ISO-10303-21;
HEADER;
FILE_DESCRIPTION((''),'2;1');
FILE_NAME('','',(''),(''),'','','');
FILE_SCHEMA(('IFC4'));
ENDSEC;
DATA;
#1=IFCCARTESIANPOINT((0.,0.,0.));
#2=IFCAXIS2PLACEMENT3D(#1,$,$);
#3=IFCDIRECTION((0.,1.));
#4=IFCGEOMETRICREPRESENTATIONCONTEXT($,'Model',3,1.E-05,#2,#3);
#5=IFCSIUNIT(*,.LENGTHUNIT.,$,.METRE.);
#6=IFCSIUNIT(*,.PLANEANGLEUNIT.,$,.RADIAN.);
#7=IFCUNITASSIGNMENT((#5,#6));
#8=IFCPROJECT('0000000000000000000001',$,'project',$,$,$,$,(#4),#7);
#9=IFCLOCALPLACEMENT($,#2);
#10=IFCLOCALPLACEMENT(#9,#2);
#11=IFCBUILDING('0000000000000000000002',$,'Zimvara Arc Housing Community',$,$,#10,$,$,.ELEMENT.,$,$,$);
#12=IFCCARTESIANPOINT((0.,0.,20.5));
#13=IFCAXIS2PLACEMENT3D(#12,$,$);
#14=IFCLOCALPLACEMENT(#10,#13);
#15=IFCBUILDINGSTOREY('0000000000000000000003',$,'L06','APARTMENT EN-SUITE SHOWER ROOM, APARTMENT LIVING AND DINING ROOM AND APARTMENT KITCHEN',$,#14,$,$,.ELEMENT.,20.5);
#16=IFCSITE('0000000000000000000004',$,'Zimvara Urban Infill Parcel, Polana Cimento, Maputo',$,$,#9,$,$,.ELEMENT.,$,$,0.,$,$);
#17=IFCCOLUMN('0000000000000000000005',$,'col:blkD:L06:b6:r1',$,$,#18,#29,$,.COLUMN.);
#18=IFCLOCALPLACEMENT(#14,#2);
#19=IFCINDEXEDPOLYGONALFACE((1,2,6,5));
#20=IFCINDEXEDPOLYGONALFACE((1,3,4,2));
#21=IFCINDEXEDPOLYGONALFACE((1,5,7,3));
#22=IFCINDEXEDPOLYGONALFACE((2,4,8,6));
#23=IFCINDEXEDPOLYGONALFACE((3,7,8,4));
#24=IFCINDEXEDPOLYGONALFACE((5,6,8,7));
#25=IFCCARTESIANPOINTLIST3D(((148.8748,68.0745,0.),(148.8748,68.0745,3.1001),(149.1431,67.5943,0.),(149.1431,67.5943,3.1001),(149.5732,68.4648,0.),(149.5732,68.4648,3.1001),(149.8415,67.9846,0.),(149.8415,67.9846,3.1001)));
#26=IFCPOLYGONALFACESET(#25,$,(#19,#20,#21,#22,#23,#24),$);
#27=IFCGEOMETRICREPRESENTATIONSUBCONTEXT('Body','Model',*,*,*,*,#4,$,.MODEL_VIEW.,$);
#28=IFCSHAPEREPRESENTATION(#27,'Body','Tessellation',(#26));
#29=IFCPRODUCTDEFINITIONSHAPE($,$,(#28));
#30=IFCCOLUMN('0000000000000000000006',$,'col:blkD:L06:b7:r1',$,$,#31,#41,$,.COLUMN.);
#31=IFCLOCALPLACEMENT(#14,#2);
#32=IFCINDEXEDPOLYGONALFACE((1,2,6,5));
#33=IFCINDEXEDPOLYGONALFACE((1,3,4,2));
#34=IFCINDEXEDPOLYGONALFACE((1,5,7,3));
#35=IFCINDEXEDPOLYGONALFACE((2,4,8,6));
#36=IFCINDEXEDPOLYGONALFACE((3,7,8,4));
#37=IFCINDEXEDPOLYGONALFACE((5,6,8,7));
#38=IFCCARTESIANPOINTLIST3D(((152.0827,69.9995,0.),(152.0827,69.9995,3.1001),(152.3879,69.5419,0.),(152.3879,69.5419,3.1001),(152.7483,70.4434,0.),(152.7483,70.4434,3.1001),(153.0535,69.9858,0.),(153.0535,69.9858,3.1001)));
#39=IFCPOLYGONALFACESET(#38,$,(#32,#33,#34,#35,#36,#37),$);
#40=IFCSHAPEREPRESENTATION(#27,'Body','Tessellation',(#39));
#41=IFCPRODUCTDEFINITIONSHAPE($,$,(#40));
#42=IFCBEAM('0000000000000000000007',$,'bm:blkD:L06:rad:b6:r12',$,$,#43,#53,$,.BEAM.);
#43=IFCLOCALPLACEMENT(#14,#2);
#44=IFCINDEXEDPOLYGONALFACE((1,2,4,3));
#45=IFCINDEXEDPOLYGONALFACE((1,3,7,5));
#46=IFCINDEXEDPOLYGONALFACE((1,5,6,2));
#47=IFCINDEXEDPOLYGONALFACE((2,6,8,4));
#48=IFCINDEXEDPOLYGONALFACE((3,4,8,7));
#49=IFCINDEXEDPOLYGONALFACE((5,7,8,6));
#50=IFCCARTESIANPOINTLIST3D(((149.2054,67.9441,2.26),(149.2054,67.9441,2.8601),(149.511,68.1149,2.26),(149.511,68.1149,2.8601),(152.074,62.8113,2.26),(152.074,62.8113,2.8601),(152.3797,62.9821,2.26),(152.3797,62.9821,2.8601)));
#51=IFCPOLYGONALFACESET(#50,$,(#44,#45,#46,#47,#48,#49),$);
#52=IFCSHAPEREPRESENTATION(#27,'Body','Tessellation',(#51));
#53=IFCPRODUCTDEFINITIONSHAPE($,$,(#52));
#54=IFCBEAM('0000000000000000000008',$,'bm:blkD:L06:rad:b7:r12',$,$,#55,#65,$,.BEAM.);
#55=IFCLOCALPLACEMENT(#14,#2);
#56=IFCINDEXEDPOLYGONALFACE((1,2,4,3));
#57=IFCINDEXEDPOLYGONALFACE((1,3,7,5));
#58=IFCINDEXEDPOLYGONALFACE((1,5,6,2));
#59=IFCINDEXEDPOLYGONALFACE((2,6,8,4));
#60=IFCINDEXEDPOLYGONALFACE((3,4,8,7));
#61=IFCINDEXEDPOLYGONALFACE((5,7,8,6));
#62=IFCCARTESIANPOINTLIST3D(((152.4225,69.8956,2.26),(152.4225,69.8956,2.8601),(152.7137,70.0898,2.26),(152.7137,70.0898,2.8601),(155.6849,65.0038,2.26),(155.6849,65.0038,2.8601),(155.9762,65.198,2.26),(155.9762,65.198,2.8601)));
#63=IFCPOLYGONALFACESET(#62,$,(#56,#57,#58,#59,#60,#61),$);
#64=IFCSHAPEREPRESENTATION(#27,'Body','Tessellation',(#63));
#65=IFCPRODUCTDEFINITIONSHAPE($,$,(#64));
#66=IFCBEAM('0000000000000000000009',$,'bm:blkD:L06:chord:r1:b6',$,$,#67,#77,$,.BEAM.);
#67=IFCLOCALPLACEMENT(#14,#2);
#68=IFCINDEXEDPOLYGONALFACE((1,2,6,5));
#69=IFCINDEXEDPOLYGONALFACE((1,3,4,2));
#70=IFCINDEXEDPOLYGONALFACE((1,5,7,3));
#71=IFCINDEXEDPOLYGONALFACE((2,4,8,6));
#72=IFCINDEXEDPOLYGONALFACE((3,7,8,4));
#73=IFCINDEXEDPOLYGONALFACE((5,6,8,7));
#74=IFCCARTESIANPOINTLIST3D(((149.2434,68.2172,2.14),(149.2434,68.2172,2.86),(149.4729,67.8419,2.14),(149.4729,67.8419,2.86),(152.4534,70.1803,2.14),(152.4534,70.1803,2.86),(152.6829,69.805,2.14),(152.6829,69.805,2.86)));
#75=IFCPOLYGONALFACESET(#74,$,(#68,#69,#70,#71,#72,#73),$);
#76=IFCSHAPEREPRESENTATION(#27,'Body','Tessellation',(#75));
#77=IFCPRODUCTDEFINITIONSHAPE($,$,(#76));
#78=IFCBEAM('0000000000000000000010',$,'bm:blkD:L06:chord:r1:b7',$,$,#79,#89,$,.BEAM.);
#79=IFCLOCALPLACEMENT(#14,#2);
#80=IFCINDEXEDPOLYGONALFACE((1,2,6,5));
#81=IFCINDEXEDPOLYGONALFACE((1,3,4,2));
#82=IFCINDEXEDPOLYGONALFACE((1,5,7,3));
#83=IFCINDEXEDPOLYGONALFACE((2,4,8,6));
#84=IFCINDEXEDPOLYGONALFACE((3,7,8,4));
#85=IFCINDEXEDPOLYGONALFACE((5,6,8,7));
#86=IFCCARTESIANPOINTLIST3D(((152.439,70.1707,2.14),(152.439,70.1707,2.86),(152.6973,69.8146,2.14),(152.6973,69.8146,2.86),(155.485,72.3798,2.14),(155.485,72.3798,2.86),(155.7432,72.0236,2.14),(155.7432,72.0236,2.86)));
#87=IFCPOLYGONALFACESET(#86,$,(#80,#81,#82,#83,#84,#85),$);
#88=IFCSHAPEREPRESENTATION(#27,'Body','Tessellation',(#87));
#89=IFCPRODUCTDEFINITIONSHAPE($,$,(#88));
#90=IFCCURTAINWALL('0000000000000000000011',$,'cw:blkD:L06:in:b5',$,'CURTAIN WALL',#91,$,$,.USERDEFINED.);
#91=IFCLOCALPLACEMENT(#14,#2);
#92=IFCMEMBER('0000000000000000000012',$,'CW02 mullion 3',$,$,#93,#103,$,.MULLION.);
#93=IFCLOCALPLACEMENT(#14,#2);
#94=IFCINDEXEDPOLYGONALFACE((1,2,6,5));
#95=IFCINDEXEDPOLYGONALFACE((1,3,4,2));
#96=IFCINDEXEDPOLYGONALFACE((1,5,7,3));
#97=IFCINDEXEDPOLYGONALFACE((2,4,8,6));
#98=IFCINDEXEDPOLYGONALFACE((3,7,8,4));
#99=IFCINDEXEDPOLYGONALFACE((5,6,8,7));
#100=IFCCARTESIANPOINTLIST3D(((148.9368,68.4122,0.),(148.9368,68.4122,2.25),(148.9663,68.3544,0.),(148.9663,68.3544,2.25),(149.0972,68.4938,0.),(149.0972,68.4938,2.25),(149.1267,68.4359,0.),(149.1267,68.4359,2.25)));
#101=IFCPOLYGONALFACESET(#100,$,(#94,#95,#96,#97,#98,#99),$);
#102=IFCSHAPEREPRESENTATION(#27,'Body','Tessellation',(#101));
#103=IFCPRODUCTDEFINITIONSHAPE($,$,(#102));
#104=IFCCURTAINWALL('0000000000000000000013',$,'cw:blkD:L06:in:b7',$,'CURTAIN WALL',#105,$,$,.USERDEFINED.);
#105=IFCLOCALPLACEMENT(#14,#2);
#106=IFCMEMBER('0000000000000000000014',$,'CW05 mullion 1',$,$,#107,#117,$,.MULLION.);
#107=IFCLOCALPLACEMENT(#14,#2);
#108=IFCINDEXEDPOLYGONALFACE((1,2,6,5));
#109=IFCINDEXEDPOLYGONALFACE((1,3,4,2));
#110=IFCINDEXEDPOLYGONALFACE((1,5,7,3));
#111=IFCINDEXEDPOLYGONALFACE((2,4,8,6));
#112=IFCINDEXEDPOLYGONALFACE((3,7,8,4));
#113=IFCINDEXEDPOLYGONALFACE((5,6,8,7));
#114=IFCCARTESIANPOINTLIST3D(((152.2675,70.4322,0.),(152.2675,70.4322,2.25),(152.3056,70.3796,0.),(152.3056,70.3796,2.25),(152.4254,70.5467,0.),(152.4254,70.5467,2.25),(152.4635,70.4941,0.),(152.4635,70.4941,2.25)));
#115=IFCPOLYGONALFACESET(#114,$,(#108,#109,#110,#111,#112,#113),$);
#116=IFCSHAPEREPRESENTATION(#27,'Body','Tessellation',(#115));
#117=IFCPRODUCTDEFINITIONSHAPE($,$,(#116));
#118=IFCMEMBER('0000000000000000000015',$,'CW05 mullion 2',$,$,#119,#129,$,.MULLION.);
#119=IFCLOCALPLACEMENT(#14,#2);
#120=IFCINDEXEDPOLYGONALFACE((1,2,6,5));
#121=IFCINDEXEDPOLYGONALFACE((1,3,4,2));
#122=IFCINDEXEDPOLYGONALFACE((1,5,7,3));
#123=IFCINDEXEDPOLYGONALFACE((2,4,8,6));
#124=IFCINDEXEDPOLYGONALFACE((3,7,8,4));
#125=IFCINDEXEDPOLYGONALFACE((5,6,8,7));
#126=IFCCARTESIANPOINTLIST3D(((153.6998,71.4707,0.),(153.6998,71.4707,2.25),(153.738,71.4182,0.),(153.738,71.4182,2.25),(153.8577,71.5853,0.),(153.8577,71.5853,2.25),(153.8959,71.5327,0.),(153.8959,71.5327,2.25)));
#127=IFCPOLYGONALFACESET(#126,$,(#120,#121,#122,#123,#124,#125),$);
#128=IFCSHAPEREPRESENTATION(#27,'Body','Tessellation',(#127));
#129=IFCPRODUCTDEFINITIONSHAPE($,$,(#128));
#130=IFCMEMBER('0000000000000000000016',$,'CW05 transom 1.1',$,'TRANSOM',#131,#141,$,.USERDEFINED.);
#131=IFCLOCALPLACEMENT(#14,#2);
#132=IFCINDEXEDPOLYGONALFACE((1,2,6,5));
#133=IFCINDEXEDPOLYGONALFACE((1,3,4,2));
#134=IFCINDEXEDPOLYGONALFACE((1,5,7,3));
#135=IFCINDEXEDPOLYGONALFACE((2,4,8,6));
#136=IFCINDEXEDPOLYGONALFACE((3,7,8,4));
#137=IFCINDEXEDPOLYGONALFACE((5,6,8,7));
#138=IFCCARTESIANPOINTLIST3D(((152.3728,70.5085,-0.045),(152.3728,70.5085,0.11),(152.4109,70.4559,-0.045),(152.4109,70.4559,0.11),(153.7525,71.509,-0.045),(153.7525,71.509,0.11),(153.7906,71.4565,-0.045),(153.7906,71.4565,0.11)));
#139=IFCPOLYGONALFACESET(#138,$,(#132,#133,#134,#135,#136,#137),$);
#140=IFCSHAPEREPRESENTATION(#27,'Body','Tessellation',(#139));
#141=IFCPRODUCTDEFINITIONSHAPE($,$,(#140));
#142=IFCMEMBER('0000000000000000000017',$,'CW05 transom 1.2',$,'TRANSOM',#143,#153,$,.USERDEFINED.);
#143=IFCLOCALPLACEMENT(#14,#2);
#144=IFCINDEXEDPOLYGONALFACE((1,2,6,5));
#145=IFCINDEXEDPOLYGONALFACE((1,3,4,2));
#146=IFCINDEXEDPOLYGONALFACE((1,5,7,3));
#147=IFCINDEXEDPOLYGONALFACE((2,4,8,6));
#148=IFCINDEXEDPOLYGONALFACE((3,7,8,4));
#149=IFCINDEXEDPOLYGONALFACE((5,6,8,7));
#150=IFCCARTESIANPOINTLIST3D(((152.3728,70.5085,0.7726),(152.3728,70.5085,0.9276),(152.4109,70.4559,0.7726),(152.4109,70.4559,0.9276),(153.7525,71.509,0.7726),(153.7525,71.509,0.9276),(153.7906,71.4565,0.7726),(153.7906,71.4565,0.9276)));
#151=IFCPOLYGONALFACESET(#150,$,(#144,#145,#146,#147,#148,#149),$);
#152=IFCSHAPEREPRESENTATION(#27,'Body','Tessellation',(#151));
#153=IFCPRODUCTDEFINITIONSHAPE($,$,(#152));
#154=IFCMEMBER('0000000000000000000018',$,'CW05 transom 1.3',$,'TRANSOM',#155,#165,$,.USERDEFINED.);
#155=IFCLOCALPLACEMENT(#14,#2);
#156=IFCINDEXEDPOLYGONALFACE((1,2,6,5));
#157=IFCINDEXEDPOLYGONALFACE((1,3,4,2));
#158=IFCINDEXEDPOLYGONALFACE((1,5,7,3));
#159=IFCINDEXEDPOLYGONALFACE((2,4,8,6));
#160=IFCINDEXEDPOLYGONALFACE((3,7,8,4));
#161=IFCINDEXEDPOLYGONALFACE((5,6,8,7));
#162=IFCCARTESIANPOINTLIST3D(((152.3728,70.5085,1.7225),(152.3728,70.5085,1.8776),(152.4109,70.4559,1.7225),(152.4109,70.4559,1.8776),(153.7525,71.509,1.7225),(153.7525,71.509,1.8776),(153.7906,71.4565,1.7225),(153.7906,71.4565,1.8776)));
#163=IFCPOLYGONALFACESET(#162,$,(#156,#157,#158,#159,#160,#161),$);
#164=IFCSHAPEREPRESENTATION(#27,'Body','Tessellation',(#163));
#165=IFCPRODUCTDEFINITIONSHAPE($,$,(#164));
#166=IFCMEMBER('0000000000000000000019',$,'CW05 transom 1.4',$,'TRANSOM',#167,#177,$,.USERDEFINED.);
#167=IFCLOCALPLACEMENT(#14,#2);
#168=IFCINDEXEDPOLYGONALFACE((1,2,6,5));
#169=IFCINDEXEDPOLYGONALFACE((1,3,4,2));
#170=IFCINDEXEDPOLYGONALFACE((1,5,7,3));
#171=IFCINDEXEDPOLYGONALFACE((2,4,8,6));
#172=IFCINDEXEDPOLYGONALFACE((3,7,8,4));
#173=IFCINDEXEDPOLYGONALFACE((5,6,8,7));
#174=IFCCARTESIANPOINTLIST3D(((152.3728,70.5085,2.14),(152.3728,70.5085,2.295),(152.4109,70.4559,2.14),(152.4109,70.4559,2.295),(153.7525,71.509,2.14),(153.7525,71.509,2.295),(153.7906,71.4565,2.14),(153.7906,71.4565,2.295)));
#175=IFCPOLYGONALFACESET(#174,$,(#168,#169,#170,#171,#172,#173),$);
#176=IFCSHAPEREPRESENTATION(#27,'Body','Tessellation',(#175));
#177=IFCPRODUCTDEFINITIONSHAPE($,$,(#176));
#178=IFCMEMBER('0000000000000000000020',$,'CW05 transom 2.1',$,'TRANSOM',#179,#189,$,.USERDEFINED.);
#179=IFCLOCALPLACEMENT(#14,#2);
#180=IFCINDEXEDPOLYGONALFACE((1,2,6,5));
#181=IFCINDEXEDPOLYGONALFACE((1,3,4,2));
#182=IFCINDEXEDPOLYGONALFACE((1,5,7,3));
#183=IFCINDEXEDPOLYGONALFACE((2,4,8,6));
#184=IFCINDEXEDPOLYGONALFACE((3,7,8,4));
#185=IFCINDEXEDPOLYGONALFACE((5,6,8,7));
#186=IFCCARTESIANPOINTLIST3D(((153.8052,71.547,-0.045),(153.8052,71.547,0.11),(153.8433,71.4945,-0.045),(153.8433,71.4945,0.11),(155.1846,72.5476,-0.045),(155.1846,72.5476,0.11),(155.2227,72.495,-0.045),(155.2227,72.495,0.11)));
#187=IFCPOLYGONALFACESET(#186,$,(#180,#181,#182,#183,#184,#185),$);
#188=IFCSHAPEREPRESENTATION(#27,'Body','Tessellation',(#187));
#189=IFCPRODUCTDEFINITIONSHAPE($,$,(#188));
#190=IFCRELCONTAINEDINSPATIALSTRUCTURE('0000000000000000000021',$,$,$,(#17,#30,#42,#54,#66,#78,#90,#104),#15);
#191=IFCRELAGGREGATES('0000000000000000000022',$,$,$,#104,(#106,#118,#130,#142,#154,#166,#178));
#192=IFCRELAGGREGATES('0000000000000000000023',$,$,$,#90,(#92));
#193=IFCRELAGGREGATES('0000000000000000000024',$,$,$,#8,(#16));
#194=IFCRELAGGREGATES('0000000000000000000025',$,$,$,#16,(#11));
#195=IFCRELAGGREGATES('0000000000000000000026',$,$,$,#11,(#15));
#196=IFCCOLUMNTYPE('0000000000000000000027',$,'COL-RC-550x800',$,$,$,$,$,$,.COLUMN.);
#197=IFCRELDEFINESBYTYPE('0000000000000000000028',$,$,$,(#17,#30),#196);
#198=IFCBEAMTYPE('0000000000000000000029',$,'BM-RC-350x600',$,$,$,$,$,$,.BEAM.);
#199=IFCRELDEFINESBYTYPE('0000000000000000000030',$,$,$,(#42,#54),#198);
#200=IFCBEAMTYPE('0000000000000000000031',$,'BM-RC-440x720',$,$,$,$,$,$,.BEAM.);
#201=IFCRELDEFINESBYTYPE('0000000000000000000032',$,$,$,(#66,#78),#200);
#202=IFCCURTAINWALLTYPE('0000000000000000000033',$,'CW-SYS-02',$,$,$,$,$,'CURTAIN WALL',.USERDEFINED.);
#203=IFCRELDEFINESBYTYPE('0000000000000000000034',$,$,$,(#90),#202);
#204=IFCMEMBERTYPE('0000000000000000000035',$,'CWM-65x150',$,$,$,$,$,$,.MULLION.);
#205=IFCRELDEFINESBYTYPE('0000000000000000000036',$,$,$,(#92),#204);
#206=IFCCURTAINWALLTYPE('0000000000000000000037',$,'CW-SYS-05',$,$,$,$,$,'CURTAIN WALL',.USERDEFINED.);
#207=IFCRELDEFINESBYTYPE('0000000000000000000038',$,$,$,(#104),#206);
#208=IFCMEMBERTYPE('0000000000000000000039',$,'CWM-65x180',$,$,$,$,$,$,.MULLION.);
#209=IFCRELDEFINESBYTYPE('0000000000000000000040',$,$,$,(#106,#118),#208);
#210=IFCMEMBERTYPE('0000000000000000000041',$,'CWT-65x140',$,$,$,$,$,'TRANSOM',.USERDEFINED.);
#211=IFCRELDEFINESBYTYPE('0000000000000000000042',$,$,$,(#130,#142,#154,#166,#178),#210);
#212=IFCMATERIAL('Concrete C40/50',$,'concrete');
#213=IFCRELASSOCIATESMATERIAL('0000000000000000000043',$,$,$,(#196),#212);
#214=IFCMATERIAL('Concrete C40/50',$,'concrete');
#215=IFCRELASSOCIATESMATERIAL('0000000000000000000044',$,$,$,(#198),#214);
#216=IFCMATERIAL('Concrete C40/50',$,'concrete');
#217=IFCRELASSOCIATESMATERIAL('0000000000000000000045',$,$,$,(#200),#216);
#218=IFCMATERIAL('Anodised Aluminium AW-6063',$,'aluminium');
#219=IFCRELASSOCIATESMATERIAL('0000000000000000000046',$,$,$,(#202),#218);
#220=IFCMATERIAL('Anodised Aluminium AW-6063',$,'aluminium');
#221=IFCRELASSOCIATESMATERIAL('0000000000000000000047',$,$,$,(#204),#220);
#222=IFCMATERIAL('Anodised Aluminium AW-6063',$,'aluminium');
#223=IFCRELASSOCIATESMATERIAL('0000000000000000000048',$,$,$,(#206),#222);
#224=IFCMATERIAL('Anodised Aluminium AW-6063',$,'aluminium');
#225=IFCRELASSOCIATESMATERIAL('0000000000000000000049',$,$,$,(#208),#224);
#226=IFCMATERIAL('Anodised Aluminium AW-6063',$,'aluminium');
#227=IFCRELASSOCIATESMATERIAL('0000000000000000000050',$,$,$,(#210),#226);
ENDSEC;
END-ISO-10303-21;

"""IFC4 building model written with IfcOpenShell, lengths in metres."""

from ifc_helpers import new_model, si_unit, direction, frame, origin, origin_2d, place, context, subcontext, project, spatial, rectangle, extrude, material, material_profile, profile_set, type_object, element, aggregate, save


model = new_model("IFC4")

# Units and contexts
model_context = context("Model", 3, precision=1e-05, world=origin(), true_north=direction((0.0, 1.0)))
body_context = subcontext(model_context, "Body", "Model", "MODEL_VIEW")
ifc_project = project(units=[si_unit("LENGTHUNIT", "METRE"), si_unit("PLANEANGLEUNIT", "RADIAN")], contexts=[model_context])

# Site, building, storey
site_placement = place(None, origin())
site = spatial("IfcSite", under=ifc_project, at=site_placement, Name="Zimvara Urban Infill Parcel, Polana Cimento, Maputo", CompositionType="ELEMENT", RefElevation=0.0)
building_placement = place(site_placement, origin())
building = spatial("IfcBuilding", under=site, at=building_placement, Name="Zimvara Arc Housing Community", CompositionType="ELEMENT")
storey_placement = place(building_placement, frame((0.0, 0.0, 20.5)))
storey = spatial("IfcBuildingStorey", under=building, at=storey_placement, Name="L06", Description="APARTMENT EN-SUITE SHOWER ROOM, APARTMENT LIVING AND DINING ROOM AND APARTMENT KITCHEN", CompositionType="ELEMENT", Elevation=20.5)

# Columns
ifc_material_1 = material(Name="Concrete C40/50", Category="concrete")
ifc_material_profile_1 = material_profile(ifc_material_1, rectangle(XDim=0.55, YDim=0.8, at=origin_2d()), Name="RC 550x800")
ifc_profile_set_1 = profile_set([ifc_material_profile_1], Name="Concrete C40/50")
column_type = type_object("IfcColumnType", Name="COL-RC-550x800", PredefinedType="COLUMN", material=ifc_profile_set_1)
for number, where, z_axis, x_axis, name in (
    (1, (149.3582, 68.0295, 0.0), (0.0, 0.0, 1.0), (0.48786, -0.872922, 0.0), "col:blkD:L06:b6:r1"),
    (2, (152.5681, 69.9927, 0.0), (0.0, 0.0, 1.0), (0.554844, -0.831954, 0.0), "col:blkD:L06:b7:r1"),
):
    element("IfcColumn", number, at=place(storey_placement, frame(where, z_axis=z_axis, x_axis=x_axis)), inside=storey, type_object=column_type, Name=name, PredefinedType="COLUMN", context=body_context, shape_type="SweptSolid", body=[
        extrude(rectangle(XDim=0.55, YDim=0.8, at=origin_2d()), origin(), (0.0, 0.0, 1.0), 3.1001),
    ])

# Beams
ifc_material_2 = material(Name="Concrete C40/50", Category="concrete")
ifc_material_profile_2 = material_profile(ifc_material_2, rectangle(XDim=0.3501, YDim=0.6001, at=origin_2d()), Name="RC 350x600")
ifc_profile_set_2 = profile_set([ifc_material_profile_2], Name="Concrete C40/50")
beam_type_1 = type_object("IfcBeamType", Name="BM-RC-350x600", PredefinedType="BEAM", material=ifc_profile_set_2)
beam_1_placement = place(storey_placement, frame((149.3582, 68.0295, 2.5601), z_axis=(0.487862, -0.872921, 0.0), x_axis=(0.872921, 0.487862, 0.0)))
element("IfcBeam", 3, at=beam_1_placement, inside=storey, type_object=beam_type_1, Name="bm:blkD:L06:rad:b6:r12", PredefinedType="BEAM", context=body_context, shape_type="SweptSolid", body=[
    extrude(rectangle(XDim=0.3501, YDim=0.6001, at=origin_2d()), origin(), (0.0, 0.0, 1.0), 5.8801),
])
beam_2_placement = place(storey_placement, frame((152.5681, 69.9927, 2.5601), z_axis=(0.554844, -0.831954, 0.0), x_axis=(0.831954, 0.554844, 0.0)))
element("IfcBeam", 4, at=beam_2_placement, inside=storey, type_object=beam_type_1, Name="bm:blkD:L06:rad:b7:r12", PredefinedType="BEAM", context=body_context, shape_type="SweptSolid", body=[
    extrude(rectangle(XDim=0.3501, YDim=0.6001, at=origin_2d()), origin(), (0.0, 0.0, 1.0), 5.8799),
])
ifc_material_3 = material(Name="Concrete C40/50", Category="concrete")
ifc_material_profile_3 = material_profile(ifc_material_3, rectangle(XDim=0.4399, YDim=0.72, at=origin_2d()), Name="RC 440x720")
ifc_profile_set_3 = profile_set([ifc_material_profile_3], Name="Concrete C40/50")
beam_type_2 = type_object("IfcBeamType", Name="BM-RC-440x720", PredefinedType="BEAM", material=ifc_profile_set_3)
for number, where, z_axis, x_axis, name in (
    (5, (149.3582, 68.0295, 2.5), (0.853105, 0.521739, 0.0), (-0.521739, 0.853105, 0.0), "bm:blkD:L06:chord:r1:b6"),
    (6, (152.5681, 69.9927, 2.5), (0.809521, 0.587091, 0.0), (-0.587091, 0.809521, 0.0), "bm:blkD:L06:chord:r1:b7"),
):
    element("IfcBeam", number, at=place(storey_placement, frame(where, z_axis=z_axis, x_axis=x_axis)), inside=storey, type_object=beam_type_2, Name=name, PredefinedType="BEAM", context=body_context, shape_type="SweptSolid", body=[
        extrude(rectangle(XDim=0.4399, YDim=0.72, at=origin_2d()), origin(), (0.0, 0.0, 1.0), 3.7627),
    ])

# Curtain wall, member
ifc_material_4 = material(Name="Anodised Aluminium AW-6063", Category="aluminium")
curtain_wall_type_1 = type_object("IfcCurtainWallType", Name="CW-SYS-02", ElementType="CURTAIN WALL", PredefinedType="USERDEFINED", material=ifc_material_4)
curtain_wall_1_placement = place(storey_placement, origin())
curtain_wall_1 = element("IfcCurtainWall", 7, at=curtain_wall_1_placement, inside=storey, type_object=curtain_wall_type_1, Name="cw:blkD:L06:in:b5", ObjectType="CURTAIN WALL", PredefinedType="USERDEFINED")
ifc_material_5 = material(Name="Anodised Aluminium AW-6063", Category="aluminium")
ifc_material_profile_4 = material_profile(ifc_material_5, rectangle(XDim=0.0649, YDim=0.1799, at=origin_2d()), Name="ALU 65x180")
ifc_profile_set_4 = profile_set([ifc_material_profile_4], Name="Anodised Aluminium AW-6063")
member_type_1 = type_object("IfcMemberType", Name="CWM-65x150", PredefinedType="MULLION", material=ifc_profile_set_4)
member_1_placement = place(storey_placement, frame((149.0317, 68.4241, 0.0), z_axis=(0.0, 0.0, 1.0), x_axis=(-0.453213, 0.891402, 0.0)))
member_1 = element("IfcMember", 8, at=member_1_placement, type_object=member_type_1, Name="CW02 mullion 3", PredefinedType="MULLION", context=body_context, shape_type="SweptSolid", body=[
    extrude(rectangle(XDim=0.0649, YDim=0.1799, at=origin_2d()), origin(), (0.0, 0.0, 1.0), 2.25),
])

# Curtain wall, members
ifc_material_6 = material(Name="Anodised Aluminium AW-6063", Category="aluminium")
curtain_wall_type_2 = type_object("IfcCurtainWallType", Name="CW-SYS-05", ElementType="CURTAIN WALL", PredefinedType="USERDEFINED", material=ifc_material_6)
curtain_wall_2_placement = place(storey_placement, origin())
curtain_wall_2 = element("IfcCurtainWall", 9, at=curtain_wall_2_placement, inside=storey, type_object=curtain_wall_type_2, Name="cw:blkD:L06:in:b7", ObjectType="CURTAIN WALL", PredefinedType="USERDEFINED")
ifc_material_7 = material(Name="Anodised Aluminium AW-6063", Category="aluminium")
ifc_material_profile_5 = material_profile(ifc_material_7, rectangle(XDim=0.0649, YDim=0.1951, at=origin_2d()), Name="ALU 65x195")
ifc_profile_set_5 = profile_set([ifc_material_profile_5], Name="Anodised Aluminium AW-6063")
member_type_2 = type_object("IfcMemberType", Name="CWM-65x180", PredefinedType="MULLION", material=ifc_profile_set_5)
member_2_placement = place(storey_placement, frame((152.3655, 70.4631, 0.0), z_axis=(0.0, 0.0, 1.0), x_axis=(-0.587079, 0.80953, 0.0)))
member_2 = element("IfcMember", 10, at=member_2_placement, type_object=member_type_2, Name="CW05 mullion 1", PredefinedType="MULLION", context=body_context, shape_type="SweptSolid", body=[
    extrude(rectangle(XDim=0.0649, YDim=0.1951, at=origin_2d()), origin(), (0.0, 0.0, 1.0), 2.25),
])
member_3_placement = place(storey_placement, frame((153.7979, 71.5017, 0.0), z_axis=(0.0, 0.0, 1.0), x_axis=(-0.587079, 0.80953, 0.0)))
member_3 = element("IfcMember", 11, at=member_3_placement, type_object=member_type_2, Name="CW05 mullion 2", PredefinedType="MULLION", context=body_context, shape_type="SweptSolid", body=[
    extrude(rectangle(XDim=0.0649, YDim=0.1951, at=origin_2d()), origin(), (0.0, 0.0, 1.0), 2.25),
])
ifc_material_8 = material(Name="Anodised Aluminium AW-6063", Category="aluminium")
ifc_material_profile_6 = material_profile(ifc_material_8, rectangle(XDim=0.0649, YDim=0.155, at=origin_2d()), Name="ALU 65x155")
ifc_profile_set_6 = profile_set([ifc_material_profile_6], Name="Anodised Aluminium AW-6063")
member_type_3 = type_object("IfcMemberType", Name="CWT-65x140", ElementType="TRANSOM", PredefinedType="USERDEFINED", material=ifc_profile_set_6)
member_4_placement = place(storey_placement, frame((152.3918, 70.4822, 0.0325), z_axis=(0.809541, 0.587064, 0.0), x_axis=(-0.587064, 0.809541, 0.0)))
member_4 = element("IfcMember", 12, at=member_4_placement, type_object=member_type_3, Name="CW05 transom 1.1", ObjectType="TRANSOM", PredefinedType="USERDEFINED", context=body_context, shape_type="SweptSolid", body=[
    extrude(rectangle(XDim=0.0649, YDim=0.155, at=origin_2d()), origin(), (0.0, 0.0, 1.0), 1.7043),
])
member_5_placement = place(storey_placement, frame((152.3918, 70.4822, 0.8501), z_axis=(0.809541, 0.587064, 0.0), x_axis=(-0.587064, 0.809541, 0.0)))
member_5 = element("IfcMember", 13, at=member_5_placement, type_object=member_type_3, Name="CW05 transom 1.2", ObjectType="TRANSOM", PredefinedType="USERDEFINED", context=body_context, shape_type="SweptSolid", body=[
    extrude(rectangle(XDim=0.0649, YDim=0.155, at=origin_2d()), origin(), (0.0, 0.0, 1.0), 1.7043),
])
member_6_placement = place(storey_placement, frame((152.3918, 70.4822, 1.8), z_axis=(0.809541, 0.587064, 0.0), x_axis=(-0.587064, 0.809541, 0.0)))
member_6 = element("IfcMember", 14, at=member_6_placement, type_object=member_type_3, Name="CW05 transom 1.3", ObjectType="TRANSOM", PredefinedType="USERDEFINED", context=body_context, shape_type="SweptSolid", body=[
    extrude(rectangle(XDim=0.0649, YDim=0.155, at=origin_2d()), origin(), (0.0, 0.0, 1.0), 1.7043),
])
member_7_placement = place(storey_placement, frame((152.3918, 70.4822, 2.2175), z_axis=(0.809541, 0.587064, 0.0), x_axis=(-0.587064, 0.809541, 0.0)))
member_7 = element("IfcMember", 15, at=member_7_placement, type_object=member_type_3, Name="CW05 transom 1.4", ObjectType="TRANSOM", PredefinedType="USERDEFINED", context=body_context, shape_type="SweptSolid", body=[
    extrude(rectangle(XDim=0.0649, YDim=0.155, at=origin_2d()), origin(), (0.0, 0.0, 1.0), 1.7043),
])
member_8_placement = place(storey_placement, frame((153.8242, 71.5208, 0.0325), z_axis=(0.809491, 0.587132, 0.0), x_axis=(-0.587132, 0.809491, 0.0)))
member_8 = element("IfcMember", 16, at=member_8_placement, type_object=member_type_3, Name="CW05 transom 2.1", ObjectType="TRANSOM", PredefinedType="USERDEFINED", context=body_context, shape_type="SweptSolid", body=[
    extrude(rectangle(XDim=0.0649, YDim=0.155, at=origin_2d()), origin(), (0.0, 0.0, 1.0), 1.7041),
])
aggregate(curtain_wall_2, [member_2, member_3, member_4, member_5, member_6, member_7, member_8])

aggregate(curtain_wall_1, [member_1])

save(model, "model.ifc")
